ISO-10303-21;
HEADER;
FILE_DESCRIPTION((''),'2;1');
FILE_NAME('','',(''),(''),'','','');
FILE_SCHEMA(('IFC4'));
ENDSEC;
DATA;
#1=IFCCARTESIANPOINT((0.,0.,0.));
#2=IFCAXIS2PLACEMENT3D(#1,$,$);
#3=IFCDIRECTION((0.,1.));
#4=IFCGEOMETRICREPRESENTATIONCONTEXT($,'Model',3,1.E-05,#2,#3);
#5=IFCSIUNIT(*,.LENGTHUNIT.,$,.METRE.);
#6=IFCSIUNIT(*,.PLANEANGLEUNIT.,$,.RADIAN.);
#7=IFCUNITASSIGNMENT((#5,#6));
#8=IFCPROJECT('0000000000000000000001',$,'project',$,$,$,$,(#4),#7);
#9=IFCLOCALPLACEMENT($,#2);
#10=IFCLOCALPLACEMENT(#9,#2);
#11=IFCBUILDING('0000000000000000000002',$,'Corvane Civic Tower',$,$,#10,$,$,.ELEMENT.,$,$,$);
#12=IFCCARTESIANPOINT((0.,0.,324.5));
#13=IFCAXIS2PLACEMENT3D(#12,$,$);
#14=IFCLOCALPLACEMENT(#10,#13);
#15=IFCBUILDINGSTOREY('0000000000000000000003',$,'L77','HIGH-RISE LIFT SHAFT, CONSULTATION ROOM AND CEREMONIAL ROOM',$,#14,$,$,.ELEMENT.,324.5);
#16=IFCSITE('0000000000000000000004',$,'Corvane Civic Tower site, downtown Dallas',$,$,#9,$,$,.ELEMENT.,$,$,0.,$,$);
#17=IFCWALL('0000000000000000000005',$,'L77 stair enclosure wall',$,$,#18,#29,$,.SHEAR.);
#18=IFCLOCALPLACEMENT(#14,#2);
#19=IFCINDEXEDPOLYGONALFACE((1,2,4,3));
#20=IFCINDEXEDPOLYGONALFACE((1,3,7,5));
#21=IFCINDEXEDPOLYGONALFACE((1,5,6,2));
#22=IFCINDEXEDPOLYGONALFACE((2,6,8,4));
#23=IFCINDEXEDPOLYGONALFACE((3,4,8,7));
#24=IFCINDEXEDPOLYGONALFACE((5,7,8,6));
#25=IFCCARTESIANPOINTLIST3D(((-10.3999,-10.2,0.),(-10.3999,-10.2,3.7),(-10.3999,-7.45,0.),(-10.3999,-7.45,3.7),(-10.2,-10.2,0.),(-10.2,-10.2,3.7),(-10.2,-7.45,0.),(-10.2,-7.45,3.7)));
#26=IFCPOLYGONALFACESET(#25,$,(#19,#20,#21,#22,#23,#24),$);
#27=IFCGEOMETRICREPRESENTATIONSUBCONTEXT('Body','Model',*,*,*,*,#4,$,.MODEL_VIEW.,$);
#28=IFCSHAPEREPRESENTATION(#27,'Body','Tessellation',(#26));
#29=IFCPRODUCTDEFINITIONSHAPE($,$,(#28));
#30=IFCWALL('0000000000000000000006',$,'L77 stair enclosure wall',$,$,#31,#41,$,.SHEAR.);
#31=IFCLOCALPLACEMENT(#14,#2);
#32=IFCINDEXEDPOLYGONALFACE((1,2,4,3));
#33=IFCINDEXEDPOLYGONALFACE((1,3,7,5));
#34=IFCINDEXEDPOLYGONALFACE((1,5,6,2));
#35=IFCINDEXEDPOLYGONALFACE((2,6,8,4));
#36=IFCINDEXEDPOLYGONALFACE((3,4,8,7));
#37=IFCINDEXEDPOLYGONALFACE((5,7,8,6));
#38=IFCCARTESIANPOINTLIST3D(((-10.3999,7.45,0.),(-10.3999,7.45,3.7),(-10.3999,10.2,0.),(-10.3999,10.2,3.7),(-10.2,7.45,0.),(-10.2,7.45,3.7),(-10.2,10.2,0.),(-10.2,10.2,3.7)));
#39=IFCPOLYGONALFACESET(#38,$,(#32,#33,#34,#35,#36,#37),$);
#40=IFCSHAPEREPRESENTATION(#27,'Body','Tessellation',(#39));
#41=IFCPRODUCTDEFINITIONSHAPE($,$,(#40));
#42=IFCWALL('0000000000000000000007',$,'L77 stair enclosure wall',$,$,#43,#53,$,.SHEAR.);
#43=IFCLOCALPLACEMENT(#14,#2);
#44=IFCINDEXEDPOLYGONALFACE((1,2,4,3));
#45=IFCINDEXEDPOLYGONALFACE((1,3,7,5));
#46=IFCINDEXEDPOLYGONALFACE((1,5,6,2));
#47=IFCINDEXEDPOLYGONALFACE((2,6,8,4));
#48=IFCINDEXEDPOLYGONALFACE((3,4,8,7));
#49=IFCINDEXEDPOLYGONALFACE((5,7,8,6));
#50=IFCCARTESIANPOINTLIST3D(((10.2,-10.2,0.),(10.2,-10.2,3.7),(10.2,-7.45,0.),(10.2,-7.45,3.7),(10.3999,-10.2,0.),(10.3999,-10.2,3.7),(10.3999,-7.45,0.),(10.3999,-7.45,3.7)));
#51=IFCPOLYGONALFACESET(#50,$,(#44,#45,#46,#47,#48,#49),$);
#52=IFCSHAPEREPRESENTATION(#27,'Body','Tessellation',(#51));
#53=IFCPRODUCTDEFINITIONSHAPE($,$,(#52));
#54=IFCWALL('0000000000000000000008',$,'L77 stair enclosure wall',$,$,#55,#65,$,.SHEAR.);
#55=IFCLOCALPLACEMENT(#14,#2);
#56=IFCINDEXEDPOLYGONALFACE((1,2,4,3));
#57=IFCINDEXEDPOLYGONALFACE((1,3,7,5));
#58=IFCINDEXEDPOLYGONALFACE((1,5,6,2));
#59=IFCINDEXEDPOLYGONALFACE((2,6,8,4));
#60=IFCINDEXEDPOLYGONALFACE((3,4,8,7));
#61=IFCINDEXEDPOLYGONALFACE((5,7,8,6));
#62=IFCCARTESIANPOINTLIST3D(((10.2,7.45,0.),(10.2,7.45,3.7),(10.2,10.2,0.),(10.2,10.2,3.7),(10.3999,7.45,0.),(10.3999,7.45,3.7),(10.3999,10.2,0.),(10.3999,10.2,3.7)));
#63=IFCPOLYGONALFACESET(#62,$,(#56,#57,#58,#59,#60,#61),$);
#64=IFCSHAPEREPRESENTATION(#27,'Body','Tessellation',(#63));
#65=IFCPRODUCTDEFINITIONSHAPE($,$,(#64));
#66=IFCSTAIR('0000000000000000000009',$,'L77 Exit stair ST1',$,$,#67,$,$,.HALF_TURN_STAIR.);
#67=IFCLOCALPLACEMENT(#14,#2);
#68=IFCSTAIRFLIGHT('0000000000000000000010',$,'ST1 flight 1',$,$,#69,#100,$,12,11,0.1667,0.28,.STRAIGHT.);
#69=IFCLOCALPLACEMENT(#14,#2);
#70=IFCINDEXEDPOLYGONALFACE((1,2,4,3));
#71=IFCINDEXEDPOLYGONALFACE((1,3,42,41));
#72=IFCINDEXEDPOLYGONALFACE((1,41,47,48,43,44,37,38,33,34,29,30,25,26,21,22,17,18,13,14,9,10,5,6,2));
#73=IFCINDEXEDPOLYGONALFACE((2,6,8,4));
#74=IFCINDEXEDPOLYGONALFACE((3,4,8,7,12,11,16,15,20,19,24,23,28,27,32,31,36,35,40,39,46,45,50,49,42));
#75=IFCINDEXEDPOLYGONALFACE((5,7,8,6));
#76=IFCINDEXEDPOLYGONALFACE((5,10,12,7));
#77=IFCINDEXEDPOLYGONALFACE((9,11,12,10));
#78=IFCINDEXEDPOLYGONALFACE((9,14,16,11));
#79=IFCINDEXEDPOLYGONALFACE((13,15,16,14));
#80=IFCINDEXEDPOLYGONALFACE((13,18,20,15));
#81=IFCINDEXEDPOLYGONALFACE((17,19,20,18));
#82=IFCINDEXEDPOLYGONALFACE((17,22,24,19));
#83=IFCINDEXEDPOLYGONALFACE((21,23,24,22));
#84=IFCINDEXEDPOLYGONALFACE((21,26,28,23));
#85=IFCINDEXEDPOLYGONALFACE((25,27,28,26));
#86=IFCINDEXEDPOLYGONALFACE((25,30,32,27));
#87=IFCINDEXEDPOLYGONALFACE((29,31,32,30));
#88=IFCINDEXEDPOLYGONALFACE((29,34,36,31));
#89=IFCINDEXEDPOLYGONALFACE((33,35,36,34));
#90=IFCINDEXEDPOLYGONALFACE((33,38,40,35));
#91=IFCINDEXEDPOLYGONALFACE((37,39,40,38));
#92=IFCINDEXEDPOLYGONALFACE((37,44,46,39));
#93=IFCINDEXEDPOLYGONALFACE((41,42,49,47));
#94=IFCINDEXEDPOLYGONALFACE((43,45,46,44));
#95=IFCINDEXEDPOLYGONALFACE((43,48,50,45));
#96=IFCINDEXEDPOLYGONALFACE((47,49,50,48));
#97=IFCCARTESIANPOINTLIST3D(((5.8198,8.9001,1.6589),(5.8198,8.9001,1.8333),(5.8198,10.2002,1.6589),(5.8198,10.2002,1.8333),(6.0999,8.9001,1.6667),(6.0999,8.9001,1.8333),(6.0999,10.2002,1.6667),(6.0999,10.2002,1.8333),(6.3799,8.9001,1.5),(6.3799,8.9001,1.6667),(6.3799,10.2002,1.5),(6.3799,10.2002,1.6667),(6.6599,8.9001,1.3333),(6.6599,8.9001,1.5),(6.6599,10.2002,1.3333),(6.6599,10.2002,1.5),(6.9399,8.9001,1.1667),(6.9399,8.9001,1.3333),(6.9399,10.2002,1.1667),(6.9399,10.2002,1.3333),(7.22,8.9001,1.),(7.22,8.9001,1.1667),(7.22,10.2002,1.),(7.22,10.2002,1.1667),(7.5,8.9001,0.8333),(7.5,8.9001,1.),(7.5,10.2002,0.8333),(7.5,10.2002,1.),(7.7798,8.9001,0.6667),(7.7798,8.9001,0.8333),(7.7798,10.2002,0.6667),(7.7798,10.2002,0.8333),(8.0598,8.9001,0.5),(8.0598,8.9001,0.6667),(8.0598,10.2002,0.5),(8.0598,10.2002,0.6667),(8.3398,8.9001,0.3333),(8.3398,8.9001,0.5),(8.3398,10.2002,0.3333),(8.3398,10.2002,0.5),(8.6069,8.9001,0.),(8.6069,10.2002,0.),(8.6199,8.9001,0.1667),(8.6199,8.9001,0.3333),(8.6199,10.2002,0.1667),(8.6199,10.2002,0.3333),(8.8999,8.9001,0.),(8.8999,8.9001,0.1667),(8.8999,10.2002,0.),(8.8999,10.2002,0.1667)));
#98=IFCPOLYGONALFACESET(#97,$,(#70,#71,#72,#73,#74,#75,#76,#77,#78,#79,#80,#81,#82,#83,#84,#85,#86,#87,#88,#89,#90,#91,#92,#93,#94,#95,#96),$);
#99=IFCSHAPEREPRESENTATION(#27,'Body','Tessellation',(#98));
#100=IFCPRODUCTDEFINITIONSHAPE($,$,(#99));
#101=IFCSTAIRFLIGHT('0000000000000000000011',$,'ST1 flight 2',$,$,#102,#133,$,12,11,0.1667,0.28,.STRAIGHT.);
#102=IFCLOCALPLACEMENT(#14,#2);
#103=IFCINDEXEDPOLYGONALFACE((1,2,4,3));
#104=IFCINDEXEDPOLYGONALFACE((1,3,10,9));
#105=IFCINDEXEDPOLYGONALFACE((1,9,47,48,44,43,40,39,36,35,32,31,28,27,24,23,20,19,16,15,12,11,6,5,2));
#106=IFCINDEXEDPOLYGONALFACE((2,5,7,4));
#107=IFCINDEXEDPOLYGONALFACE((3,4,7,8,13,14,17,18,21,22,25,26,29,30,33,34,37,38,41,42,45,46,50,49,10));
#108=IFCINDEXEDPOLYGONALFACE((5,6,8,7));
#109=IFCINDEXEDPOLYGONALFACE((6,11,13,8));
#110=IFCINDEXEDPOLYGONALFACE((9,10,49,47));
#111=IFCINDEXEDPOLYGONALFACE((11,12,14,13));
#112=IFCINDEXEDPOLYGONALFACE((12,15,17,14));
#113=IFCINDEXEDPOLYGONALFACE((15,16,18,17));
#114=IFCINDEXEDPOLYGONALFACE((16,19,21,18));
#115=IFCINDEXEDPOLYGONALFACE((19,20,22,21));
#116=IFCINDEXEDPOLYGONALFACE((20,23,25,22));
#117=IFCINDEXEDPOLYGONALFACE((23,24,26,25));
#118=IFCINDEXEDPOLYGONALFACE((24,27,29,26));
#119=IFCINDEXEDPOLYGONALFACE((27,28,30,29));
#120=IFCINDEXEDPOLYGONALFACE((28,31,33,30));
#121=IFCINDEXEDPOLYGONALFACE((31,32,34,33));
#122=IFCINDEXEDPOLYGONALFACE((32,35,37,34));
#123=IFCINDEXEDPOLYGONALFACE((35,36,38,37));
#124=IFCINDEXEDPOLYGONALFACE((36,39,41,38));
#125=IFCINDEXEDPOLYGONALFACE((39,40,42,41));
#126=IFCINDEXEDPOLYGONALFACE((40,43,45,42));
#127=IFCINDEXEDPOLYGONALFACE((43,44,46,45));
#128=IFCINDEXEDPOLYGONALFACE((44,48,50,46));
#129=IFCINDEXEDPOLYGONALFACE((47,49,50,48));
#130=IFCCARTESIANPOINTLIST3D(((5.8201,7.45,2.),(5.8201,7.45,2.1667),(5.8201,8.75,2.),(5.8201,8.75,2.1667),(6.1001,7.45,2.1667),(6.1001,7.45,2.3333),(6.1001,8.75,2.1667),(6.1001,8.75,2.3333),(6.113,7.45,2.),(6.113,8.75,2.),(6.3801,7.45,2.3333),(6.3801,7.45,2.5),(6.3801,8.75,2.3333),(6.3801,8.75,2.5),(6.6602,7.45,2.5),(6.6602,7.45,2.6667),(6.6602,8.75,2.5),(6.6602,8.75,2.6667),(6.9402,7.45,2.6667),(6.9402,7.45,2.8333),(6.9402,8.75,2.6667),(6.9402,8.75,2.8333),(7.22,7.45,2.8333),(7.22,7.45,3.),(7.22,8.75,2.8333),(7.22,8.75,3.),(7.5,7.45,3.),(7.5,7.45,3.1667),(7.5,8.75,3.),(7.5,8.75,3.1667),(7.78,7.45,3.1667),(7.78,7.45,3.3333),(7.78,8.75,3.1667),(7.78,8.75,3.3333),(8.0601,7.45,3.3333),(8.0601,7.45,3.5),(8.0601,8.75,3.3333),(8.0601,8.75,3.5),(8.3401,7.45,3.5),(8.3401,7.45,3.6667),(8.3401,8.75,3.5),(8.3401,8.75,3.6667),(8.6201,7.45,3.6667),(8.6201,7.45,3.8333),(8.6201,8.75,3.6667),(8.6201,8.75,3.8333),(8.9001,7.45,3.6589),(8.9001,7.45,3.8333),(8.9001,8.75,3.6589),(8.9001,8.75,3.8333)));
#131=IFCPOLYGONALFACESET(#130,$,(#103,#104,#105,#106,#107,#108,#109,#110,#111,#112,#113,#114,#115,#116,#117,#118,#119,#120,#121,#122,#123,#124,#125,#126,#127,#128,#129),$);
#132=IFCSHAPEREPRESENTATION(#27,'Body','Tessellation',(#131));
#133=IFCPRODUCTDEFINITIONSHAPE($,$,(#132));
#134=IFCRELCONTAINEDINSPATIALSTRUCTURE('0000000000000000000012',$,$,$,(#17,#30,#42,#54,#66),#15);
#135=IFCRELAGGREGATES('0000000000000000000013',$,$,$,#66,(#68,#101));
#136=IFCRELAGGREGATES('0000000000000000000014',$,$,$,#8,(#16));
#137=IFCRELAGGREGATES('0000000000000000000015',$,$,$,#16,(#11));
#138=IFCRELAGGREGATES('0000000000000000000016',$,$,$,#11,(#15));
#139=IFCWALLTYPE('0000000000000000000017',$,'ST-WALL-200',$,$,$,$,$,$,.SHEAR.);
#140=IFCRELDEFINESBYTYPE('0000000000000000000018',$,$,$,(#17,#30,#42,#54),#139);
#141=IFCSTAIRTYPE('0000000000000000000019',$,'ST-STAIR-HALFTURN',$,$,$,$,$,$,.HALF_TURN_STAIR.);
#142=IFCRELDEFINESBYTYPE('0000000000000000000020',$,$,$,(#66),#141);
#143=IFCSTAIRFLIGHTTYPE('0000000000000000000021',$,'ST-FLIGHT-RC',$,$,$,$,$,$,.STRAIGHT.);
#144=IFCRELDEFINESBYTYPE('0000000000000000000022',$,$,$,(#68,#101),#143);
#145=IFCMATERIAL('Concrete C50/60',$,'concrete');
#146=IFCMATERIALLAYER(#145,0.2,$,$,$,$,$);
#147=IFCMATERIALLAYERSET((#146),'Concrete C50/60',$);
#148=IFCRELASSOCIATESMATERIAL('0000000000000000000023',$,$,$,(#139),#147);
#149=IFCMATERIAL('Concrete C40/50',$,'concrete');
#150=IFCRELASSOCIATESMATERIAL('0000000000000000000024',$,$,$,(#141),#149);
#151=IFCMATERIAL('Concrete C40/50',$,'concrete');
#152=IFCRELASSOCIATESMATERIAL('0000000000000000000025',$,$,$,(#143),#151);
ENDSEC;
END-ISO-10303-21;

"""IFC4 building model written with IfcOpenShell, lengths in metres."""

from ifc_helpers import new_model, si_unit, direction, frame, origin, place, context, subcontext, project, spatial, polyline, outline, extrude, material, layer, layer_set, type_object, element, aggregate, save


model = new_model("IFC4")

# Units and contexts
model_context = context("Model", 3, precision=1e-05, world=origin(), true_north=direction((0.0, 1.0)))
body_context = subcontext(model_context, "Body", "Model", "MODEL_VIEW")
ifc_project = project(units=[si_unit("LENGTHUNIT", "METRE"), si_unit("PLANEANGLEUNIT", "RADIAN")], contexts=[model_context])

# Site, building, storey
site_placement = place(None, origin())
site = spatial("IfcSite", under=ifc_project, at=site_placement, Name="Corvane Civic Tower site, downtown Dallas", CompositionType="ELEMENT", RefElevation=0.0)
building_placement = place(site_placement, origin())
building = spatial("IfcBuilding", under=site, at=building_placement, Name="Corvane Civic Tower", CompositionType="ELEMENT")
storey_placement = place(building_placement, frame((0.0, 0.0, 324.5)))
storey = spatial("IfcBuildingStorey", under=building, at=storey_placement, Name="L77", Description="HIGH-RISE LIFT SHAFT, CONSULTATION ROOM AND CEREMONIAL ROOM", CompositionType="ELEMENT", Elevation=324.5)

# Shared definitions
ifc_material_1 = material(Name="Concrete C50/60", Category="concrete")
ifc_layer_1 = layer(ifc_material_1, 0.2)
ifc_layer_set_1 = layer_set([ifc_layer_1], Name="Concrete C50/60")
wall_type_1 = type_object("IfcWallType", Name="ST-WALL-200", PredefinedType="SHEAR", material=ifc_layer_set_1)

# Walls
wall_1_placement = place(storey_placement, origin())
element("IfcWall", 1, at=wall_1_placement, inside=storey, type_object=wall_type_1, Name="L77 stair enclosure wall", PredefinedType="SHEAR", context=body_context, shape_type="SweptSolid", body=[
    extrude(outline(polyline([(-10.2, -7.45), (-10.2, -10.2), (-10.3999, -10.2), (-10.3999, -7.45), (-10.2, -7.45)])), origin(), (0.0, 0.0, 1.0), 3.7),
])
wall_2_placement = place(storey_placement, origin())
element("IfcWall", 2, at=wall_2_placement, inside=storey, type_object=wall_type_1, Name="L77 stair enclosure wall", PredefinedType="SHEAR", context=body_context, shape_type="SweptSolid", body=[
    extrude(outline(polyline([(-10.2, 7.45), (-10.3999, 7.45), (-10.3999, 10.2), (-10.2, 10.2), (-10.2, 7.45)])), origin(), (0.0, 0.0, 1.0), 3.7),
])
wall_3_placement = place(storey_placement, origin())
element("IfcWall", 3, at=wall_3_placement, inside=storey, type_object=wall_type_1, Name="L77 stair enclosure wall", PredefinedType="SHEAR", context=body_context, shape_type="SweptSolid", body=[
    extrude(outline(polyline([(10.3999, -7.45), (10.3999, -10.2), (10.2, -10.2), (10.2, -7.45), (10.3999, -7.45)])), origin(), (0.0, 0.0, 1.0), 3.7),
])
wall_4_placement = place(storey_placement, origin())
element("IfcWall", 4, at=wall_4_placement, inside=storey, type_object=wall_type_1, Name="L77 stair enclosure wall", PredefinedType="SHEAR", context=body_context, shape_type="SweptSolid", body=[
    extrude(outline(polyline([(10.3999, 7.45), (10.2, 7.45), (10.2, 10.2), (10.3999, 10.2), (10.3999, 7.45)])), origin(), (0.0, 0.0, 1.0), 3.7),
])

# Stair, stair flights
ifc_material_2 = material(Name="Concrete C40/50", Category="concrete")
stair_type = type_object("IfcStairType", Name="ST-STAIR-HALFTURN", PredefinedType="HALF_TURN_STAIR", material=ifc_material_2)
stair_placement = place(storey_placement, origin())
stair = element("IfcStair", 5, at=stair_placement, inside=storey, type_object=stair_type, Name="L77 Exit stair ST1", PredefinedType="HALF_TURN_STAIR")
ifc_material_3 = material(Name="Concrete C40/50", Category="concrete")
stair_flight_type = type_object("IfcStairFlightType", Name="ST-FLIGHT-RC", PredefinedType="STRAIGHT", material=ifc_material_3)
stair_flight_1_placement = place(storey_placement, frame((8.8999, 9.55, 0.0), z_axis=(0.0, 0.0, 1.0), x_axis=(-1.0, 0.0, 0.0)))
stair_flight_1 = element("IfcStairFlight", 6, at=stair_flight_1_placement, type_object=stair_flight_type, Name="ST1 flight 1", NumberOfRisers=12, NumberOfTreads=11, PredefinedType="STRAIGHT", RiserHeight=0.1667, TreadLength=0.28, context=body_context, shape_type="SweptSolid", body=[
    extrude(outline(polyline([(0.0, 0.0), (0.0, 0.1667), (0.28, 0.1667), (0.28, 0.3333), (0.5601, 0.3333), (0.5601, 0.5), (0.8401, 0.5), (0.8401, 0.6667), (1.1201, 0.6667), (1.1201, 0.8333), (1.3999, 0.8333), (1.3999, 1.0), (1.6799, 1.0), (1.6799, 1.1667), (1.96, 1.1667), (1.96, 1.3333), (2.24, 1.3333), (2.24, 1.5), (2.52, 1.5), (2.52, 1.6667), (2.8, 1.6667), (2.8, 1.8333), (3.0801, 1.8333), (3.0801, 2.0), (3.0801, 1.6589), (0.293, 0.0), (0.0, 0.0)])), frame((0.0, 0.6499, 0.0), z_axis=(0.0, -1.0, 0.0), x_axis=(1.0, 0.0, 0.0)), (0.0, 0.0, 1.0), 1.3),
])
stair_flight_2_placement = place(storey_placement, frame((5.8201, 8.1001, 2.0), z_axis=(0.0, 0.0, 1.0), x_axis=(1.0, 0.0, 0.0)))
stair_flight_2 = element("IfcStairFlight", 7, at=stair_flight_2_placement, type_object=stair_flight_type, Name="ST1 flight 2", NumberOfRisers=12, NumberOfTreads=11, PredefinedType="STRAIGHT", RiserHeight=0.1667, TreadLength=0.28, context=body_context, shape_type="SweptSolid", body=[
    extrude(outline(polyline([(0.0, 0.0), (0.0, 0.1667), (0.28, 0.1667), (0.28, 0.3333), (0.5601, 0.3333), (0.5601, 0.5), (0.8401, 0.5), (0.8401, 0.6667), (1.1201, 0.6667), (1.1201, 0.8333), (1.3999, 0.8333), (1.3999, 1.0), (1.6799, 1.0), (1.6799, 1.1667), (1.96, 1.1667), (1.96, 1.3333), (2.24, 1.3333), (2.24, 1.5), (2.52, 1.5), (2.52, 1.6667), (2.8, 1.6667), (2.8, 1.8333), (3.0801, 1.8333), (3.0801, 2.0), (3.0801, 1.6589), (0.293, 0.0), (0.0, 0.0)])), frame((0.0, 0.6499, 0.0), z_axis=(0.0, -1.0, 0.0), x_axis=(1.0, 0.0, 0.0)), (0.0, 0.0, 1.0), 1.3),
])
aggregate(stair, [stair_flight_1, stair_flight_2])

save(model, "model.ifc")
